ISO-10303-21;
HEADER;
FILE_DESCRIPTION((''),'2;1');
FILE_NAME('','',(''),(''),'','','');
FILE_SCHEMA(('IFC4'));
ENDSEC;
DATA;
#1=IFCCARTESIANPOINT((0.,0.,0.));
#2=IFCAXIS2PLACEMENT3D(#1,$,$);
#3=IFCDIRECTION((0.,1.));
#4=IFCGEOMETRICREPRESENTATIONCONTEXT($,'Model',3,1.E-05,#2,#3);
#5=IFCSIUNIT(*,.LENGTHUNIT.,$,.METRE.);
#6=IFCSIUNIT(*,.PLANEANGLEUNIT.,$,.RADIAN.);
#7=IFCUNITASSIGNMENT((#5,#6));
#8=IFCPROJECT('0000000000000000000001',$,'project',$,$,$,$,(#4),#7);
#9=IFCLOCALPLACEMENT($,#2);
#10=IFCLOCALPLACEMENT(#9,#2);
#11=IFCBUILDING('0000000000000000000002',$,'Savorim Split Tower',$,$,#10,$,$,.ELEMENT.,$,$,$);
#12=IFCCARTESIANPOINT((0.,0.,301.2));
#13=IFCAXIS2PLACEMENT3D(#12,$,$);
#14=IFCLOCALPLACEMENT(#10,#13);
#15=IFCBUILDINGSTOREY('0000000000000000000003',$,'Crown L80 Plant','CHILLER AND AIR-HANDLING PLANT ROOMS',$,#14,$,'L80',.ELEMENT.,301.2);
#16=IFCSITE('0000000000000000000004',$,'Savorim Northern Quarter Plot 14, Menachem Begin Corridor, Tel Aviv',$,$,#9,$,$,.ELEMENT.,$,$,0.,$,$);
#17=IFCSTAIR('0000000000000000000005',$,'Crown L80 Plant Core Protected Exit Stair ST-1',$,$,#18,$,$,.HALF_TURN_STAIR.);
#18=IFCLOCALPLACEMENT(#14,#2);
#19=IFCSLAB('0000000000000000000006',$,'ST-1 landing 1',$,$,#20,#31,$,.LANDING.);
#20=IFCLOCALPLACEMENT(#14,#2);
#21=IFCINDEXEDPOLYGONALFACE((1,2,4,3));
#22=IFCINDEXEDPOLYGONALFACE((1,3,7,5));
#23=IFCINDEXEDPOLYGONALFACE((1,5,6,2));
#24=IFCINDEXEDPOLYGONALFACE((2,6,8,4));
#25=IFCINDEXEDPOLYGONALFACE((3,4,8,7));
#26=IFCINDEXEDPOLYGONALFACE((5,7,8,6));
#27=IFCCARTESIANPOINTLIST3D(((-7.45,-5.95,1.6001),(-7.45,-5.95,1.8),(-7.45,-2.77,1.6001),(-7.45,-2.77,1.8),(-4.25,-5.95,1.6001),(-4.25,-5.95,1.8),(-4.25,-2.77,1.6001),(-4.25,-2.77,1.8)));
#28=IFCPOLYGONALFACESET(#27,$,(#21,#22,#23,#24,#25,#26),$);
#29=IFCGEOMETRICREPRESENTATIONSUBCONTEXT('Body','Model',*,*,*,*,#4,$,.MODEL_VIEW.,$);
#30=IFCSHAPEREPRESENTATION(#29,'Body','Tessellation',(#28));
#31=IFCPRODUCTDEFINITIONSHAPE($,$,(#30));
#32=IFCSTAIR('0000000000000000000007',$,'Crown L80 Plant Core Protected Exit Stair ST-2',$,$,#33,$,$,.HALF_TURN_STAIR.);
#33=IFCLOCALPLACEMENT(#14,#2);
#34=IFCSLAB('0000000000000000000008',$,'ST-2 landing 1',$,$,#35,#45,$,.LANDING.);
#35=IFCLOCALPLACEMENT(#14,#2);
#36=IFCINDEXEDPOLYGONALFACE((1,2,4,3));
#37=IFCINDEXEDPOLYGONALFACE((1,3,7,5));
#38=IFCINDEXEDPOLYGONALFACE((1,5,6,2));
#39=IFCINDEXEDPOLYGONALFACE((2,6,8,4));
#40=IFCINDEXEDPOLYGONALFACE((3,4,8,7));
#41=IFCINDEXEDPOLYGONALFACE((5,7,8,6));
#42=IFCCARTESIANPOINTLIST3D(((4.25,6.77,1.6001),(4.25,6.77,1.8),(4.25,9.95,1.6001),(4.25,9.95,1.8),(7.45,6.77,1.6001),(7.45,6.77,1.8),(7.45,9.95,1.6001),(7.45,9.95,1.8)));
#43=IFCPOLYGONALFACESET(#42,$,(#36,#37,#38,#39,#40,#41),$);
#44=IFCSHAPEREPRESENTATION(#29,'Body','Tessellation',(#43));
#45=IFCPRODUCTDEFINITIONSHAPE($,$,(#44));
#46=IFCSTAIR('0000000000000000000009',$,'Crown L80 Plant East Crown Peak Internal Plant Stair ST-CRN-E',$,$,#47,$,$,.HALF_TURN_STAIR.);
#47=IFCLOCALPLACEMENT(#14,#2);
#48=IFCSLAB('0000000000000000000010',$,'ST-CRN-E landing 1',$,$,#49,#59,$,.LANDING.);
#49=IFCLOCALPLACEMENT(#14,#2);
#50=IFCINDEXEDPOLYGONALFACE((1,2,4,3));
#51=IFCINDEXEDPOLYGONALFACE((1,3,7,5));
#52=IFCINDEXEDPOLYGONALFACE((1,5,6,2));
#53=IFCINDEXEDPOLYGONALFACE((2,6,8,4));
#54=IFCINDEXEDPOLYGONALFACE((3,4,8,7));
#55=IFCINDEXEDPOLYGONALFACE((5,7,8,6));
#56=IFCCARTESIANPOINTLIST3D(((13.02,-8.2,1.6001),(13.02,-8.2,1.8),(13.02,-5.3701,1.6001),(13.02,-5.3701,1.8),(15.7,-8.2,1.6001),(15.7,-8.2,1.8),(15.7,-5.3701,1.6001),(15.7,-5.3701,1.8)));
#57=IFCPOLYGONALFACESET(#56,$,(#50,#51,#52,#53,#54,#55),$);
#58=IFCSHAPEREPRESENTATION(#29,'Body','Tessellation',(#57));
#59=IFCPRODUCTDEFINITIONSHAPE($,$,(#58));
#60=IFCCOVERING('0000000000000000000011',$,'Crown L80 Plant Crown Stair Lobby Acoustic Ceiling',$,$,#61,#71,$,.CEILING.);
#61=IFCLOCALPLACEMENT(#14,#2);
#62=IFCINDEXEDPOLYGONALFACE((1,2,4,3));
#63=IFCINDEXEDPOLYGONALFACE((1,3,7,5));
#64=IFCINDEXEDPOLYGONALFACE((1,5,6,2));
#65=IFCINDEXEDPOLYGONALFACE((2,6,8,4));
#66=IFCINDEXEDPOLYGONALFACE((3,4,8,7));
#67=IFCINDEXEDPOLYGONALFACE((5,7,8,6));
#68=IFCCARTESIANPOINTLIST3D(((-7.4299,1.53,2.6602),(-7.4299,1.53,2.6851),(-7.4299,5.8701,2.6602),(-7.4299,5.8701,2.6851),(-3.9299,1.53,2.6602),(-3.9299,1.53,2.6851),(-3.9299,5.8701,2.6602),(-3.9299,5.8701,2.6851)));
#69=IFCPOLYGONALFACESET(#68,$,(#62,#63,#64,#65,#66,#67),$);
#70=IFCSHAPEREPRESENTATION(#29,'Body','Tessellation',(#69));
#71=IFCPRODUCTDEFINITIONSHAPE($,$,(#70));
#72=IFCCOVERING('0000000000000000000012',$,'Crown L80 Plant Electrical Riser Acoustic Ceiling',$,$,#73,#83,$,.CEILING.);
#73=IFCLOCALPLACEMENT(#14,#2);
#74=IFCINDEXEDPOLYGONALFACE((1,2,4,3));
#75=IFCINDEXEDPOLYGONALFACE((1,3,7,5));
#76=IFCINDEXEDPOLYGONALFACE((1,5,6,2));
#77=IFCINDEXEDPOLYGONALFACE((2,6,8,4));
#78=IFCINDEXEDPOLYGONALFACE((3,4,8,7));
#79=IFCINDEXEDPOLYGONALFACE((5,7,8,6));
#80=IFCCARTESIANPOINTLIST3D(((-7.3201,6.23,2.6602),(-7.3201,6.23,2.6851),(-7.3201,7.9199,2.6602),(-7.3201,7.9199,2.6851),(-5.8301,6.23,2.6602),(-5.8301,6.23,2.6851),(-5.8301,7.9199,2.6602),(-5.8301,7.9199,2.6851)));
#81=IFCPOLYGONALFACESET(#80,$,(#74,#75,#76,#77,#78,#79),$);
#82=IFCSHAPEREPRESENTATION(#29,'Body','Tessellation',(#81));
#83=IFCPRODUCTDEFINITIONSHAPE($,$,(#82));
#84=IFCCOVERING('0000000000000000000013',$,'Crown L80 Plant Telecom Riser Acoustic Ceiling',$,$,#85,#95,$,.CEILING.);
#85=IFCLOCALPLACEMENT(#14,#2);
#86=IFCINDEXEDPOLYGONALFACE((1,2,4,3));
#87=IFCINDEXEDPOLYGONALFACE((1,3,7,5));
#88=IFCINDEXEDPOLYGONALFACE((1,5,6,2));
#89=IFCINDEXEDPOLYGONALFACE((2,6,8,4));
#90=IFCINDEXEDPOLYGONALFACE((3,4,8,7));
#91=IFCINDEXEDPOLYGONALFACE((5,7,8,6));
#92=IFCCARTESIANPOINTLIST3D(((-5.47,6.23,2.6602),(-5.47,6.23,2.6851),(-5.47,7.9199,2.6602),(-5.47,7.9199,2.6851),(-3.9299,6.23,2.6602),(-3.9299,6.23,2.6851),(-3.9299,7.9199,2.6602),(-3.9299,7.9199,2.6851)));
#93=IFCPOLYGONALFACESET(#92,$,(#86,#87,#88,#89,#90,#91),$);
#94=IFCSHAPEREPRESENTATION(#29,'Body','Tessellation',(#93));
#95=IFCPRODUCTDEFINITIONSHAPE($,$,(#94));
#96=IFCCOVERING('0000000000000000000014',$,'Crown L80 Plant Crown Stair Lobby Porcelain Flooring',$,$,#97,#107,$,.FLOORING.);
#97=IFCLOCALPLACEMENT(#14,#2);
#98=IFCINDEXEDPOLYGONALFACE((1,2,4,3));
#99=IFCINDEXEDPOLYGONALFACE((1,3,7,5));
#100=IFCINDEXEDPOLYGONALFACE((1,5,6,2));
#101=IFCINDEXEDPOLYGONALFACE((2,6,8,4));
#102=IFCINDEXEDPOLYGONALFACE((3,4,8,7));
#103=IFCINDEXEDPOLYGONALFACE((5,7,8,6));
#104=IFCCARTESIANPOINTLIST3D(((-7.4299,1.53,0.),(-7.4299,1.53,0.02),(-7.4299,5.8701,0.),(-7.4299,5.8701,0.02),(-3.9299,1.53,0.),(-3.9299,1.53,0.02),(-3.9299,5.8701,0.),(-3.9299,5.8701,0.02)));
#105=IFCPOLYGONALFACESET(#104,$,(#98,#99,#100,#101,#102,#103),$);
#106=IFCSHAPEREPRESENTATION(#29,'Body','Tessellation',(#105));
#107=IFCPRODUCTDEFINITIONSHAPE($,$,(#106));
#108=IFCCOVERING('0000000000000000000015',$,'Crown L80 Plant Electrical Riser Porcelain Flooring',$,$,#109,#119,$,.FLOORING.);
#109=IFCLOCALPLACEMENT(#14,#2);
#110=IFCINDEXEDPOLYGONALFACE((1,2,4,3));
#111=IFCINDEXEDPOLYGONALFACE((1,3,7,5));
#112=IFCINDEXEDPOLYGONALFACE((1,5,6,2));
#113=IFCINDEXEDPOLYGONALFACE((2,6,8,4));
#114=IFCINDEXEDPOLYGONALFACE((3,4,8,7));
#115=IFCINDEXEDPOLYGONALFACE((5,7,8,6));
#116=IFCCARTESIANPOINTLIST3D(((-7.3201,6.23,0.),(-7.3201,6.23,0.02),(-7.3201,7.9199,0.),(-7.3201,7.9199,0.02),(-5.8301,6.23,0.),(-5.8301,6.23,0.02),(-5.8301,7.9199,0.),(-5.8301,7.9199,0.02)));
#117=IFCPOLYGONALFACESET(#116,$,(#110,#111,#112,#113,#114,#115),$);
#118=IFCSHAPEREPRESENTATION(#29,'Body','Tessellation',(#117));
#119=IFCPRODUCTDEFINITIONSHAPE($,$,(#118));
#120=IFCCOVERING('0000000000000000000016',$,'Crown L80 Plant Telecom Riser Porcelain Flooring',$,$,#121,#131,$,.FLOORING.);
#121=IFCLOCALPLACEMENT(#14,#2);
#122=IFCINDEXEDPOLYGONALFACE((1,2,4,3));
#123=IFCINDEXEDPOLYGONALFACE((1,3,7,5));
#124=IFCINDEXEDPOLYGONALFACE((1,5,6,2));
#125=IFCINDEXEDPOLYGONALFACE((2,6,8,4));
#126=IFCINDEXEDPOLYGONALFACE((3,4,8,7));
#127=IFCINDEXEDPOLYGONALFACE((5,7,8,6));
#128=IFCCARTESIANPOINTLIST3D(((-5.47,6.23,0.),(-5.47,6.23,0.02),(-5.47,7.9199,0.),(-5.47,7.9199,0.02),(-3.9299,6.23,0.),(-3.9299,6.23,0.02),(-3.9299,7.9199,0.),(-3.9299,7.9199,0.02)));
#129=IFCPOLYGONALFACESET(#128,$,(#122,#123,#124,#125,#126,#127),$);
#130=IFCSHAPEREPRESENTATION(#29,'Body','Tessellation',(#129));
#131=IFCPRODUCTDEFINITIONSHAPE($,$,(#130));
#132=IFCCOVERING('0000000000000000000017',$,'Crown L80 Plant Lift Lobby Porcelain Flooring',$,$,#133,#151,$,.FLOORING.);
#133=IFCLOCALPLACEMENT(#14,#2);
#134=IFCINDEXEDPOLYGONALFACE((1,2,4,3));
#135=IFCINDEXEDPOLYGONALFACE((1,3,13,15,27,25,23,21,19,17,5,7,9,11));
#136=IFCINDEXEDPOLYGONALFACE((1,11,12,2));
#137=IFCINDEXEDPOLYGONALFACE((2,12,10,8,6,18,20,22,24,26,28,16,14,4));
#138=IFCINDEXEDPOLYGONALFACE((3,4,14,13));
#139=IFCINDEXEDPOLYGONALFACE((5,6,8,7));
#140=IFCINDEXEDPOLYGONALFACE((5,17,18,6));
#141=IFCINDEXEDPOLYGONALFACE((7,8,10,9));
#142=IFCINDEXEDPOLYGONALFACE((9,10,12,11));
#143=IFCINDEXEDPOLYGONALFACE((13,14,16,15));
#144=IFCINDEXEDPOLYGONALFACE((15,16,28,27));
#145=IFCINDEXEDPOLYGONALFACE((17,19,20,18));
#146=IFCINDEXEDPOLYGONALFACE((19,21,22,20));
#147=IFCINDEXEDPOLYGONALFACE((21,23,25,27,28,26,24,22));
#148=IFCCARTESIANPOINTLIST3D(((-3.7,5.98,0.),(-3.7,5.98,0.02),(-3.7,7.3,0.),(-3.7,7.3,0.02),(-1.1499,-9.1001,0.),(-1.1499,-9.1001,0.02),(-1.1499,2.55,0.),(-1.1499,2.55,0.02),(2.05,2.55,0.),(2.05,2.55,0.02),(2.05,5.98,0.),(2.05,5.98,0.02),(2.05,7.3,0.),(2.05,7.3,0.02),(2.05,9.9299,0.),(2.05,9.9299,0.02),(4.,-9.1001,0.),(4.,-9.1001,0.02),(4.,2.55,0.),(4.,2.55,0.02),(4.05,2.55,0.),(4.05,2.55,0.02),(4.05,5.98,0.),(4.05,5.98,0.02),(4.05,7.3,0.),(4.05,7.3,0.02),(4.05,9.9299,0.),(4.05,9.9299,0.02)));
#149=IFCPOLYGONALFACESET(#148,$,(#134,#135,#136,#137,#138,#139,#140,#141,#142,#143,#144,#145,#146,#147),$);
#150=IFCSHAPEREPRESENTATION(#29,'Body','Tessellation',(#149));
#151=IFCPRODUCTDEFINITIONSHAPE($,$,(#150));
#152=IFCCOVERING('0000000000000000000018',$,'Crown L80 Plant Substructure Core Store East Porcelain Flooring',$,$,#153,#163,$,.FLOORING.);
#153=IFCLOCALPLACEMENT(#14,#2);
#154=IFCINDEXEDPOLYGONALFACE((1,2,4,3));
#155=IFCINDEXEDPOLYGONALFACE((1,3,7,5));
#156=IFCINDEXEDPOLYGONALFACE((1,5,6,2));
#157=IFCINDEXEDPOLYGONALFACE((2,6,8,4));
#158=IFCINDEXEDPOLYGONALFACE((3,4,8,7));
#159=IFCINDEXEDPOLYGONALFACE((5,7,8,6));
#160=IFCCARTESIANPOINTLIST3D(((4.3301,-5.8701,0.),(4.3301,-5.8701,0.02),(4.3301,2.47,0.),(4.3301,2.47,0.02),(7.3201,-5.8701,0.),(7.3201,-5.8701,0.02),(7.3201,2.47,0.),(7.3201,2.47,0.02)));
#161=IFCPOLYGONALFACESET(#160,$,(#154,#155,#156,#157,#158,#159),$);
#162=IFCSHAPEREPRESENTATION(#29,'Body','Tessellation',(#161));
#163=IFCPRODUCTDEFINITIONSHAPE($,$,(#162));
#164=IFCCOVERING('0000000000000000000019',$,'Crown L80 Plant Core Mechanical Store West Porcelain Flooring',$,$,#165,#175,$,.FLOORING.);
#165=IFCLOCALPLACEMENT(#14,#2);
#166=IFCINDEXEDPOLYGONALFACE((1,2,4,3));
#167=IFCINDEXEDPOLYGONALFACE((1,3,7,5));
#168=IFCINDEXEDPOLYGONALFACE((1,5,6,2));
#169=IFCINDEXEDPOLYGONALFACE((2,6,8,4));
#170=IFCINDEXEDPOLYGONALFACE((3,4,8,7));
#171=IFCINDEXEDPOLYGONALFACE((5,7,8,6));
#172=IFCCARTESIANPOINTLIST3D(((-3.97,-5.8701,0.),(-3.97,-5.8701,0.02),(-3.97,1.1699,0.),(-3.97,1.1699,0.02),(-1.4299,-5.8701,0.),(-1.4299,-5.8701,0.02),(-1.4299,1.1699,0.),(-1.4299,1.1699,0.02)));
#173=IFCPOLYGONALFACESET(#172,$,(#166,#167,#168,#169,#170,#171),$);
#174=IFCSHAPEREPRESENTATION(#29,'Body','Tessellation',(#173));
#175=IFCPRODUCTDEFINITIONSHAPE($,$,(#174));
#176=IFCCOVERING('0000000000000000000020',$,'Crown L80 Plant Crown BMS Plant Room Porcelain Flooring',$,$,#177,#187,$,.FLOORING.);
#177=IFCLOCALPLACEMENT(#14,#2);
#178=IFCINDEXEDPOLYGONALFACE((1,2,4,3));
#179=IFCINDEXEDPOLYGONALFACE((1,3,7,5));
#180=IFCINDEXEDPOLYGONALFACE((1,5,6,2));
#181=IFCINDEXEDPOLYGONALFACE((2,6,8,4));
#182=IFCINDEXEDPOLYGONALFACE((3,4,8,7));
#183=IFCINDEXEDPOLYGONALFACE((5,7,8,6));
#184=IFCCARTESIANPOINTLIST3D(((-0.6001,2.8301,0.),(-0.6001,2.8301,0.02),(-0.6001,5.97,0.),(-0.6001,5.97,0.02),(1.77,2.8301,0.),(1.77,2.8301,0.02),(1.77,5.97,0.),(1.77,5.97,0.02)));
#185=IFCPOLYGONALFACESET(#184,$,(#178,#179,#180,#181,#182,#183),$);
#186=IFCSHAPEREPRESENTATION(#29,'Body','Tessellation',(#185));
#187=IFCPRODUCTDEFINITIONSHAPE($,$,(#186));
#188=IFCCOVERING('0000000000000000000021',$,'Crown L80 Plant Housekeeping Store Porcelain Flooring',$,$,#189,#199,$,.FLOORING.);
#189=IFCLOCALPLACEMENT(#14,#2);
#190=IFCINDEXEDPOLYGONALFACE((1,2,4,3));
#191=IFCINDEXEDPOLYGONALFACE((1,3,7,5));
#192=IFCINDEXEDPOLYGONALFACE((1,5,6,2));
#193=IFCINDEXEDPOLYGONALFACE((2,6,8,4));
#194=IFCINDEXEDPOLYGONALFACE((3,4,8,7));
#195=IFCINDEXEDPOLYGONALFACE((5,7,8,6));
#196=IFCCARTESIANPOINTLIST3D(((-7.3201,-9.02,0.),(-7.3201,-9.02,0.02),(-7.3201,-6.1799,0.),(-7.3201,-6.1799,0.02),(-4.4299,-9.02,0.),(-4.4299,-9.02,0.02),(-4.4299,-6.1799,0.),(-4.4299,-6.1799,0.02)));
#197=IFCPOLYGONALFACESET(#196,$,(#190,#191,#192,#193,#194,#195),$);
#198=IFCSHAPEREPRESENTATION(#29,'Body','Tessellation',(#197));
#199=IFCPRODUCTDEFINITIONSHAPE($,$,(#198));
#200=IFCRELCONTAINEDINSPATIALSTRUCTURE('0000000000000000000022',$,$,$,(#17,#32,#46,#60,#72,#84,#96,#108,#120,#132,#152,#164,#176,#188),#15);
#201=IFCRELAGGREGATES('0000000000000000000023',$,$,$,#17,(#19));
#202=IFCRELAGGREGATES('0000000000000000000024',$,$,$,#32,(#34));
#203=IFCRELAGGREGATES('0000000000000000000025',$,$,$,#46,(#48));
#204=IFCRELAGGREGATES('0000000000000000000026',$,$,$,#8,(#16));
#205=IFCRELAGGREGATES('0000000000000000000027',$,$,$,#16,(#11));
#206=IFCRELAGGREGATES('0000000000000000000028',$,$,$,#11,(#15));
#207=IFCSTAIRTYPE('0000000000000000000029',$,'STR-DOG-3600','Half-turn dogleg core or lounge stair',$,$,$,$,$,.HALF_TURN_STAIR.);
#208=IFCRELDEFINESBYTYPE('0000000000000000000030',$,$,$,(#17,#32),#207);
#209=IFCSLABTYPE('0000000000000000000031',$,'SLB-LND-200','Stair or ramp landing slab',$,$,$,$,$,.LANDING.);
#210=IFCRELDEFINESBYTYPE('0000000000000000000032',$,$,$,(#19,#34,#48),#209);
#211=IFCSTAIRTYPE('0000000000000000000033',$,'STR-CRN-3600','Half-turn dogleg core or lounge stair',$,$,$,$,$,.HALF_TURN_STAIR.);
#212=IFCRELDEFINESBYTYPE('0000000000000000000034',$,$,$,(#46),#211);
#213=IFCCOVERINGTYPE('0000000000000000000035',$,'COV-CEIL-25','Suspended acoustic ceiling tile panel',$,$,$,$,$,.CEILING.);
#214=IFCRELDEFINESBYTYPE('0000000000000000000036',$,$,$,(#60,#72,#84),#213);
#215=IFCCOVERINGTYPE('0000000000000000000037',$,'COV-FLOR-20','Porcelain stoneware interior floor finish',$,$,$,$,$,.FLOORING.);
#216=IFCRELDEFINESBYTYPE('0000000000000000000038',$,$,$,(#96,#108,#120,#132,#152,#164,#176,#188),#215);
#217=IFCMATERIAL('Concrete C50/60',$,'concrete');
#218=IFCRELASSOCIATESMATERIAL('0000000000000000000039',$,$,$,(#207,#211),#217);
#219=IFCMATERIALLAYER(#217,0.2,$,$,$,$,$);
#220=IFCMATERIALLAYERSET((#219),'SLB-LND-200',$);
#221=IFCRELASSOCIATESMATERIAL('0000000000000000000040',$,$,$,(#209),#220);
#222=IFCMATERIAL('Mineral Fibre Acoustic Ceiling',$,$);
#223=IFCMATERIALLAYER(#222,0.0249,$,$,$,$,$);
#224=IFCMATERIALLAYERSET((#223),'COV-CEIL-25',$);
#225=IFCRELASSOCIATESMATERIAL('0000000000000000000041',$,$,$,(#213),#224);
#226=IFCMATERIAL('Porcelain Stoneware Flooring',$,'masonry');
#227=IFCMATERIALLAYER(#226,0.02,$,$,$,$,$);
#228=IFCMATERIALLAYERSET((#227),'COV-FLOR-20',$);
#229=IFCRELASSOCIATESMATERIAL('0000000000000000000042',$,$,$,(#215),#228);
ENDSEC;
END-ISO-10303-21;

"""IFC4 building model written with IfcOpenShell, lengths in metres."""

from ifc_helpers import new_model, si_unit, direction, frame, origin, place, context, subcontext, project, spatial, polyline, outline, extrude, material, layer, layer_set, type_object, element, aggregate, save


model = new_model("IFC4")

# Units and contexts
model_context = context("Model", 3, precision=1e-05, world=origin(), true_north=direction((0.0, 1.0)))
body_context = subcontext(model_context, "Body", "Model", "MODEL_VIEW")
ifc_project = project(units=[si_unit("LENGTHUNIT", "METRE"), si_unit("PLANEANGLEUNIT", "RADIAN")], contexts=[model_context])

# Site, building, storey
site_placement = place(None, origin())
site = spatial("IfcSite", under=ifc_project, at=site_placement, Name="Savorim Northern Quarter Plot 14, Menachem Begin Corridor, Tel Aviv", CompositionType="ELEMENT", RefElevation=0.0)
building_placement = place(site_placement, origin())
building = spatial("IfcBuilding", under=site, at=building_placement, Name="Savorim Split Tower", CompositionType="ELEMENT")
storey_placement = place(building_placement, frame((0.0, 0.0, 301.2)))
storey = spatial("IfcBuildingStorey", under=building, at=storey_placement, Name="Crown L80 Plant", Description="CHILLER AND AIR-HANDLING PLANT ROOMS", LongName="L80", CompositionType="ELEMENT", Elevation=301.2)

# Stairs, slabs
ifc_material_1 = material(Name="Concrete C50/60", Category="concrete")
stair_type_1 = type_object("IfcStairType", Name="STR-DOG-3600", Description="Half-turn dogleg core or lounge stair", PredefinedType="HALF_TURN_STAIR", material=ifc_material_1)
stair_1_placement = place(storey_placement, origin())
stair_1 = element("IfcStair", 1, at=stair_1_placement, inside=storey, type_object=stair_type_1, Name="Crown L80 Plant Core Protected Exit Stair ST-1", PredefinedType="HALF_TURN_STAIR")
ifc_layer_1 = layer(ifc_material_1, 0.2)
ifc_layer_set_1 = layer_set([ifc_layer_1], Name="SLB-LND-200")
slab_type = type_object("IfcSlabType", Name="SLB-LND-200", Description="Stair or ramp landing slab", PredefinedType="LANDING", material=ifc_layer_set_1)
slab_1_placement = place(storey_placement, frame((0.0, 0.0, 1.6001)))
slab_1 = element("IfcSlab", 2, at=slab_1_placement, type_object=slab_type, Name="ST-1 landing 1", PredefinedType="LANDING", context=body_context, shape_type="SweptSolid", body=[
    extrude(outline(polyline([(-7.45, -2.77), (-7.45, -5.95), (-4.25, -5.95), (-4.25, -2.77), (-7.45, -2.77)])), origin(), (0.0, 0.0, 1.0), 0.2),
])
aggregate(stair_1, [slab_1])
stair_2_placement = place(storey_placement, origin())
stair_2 = element("IfcStair", 3, at=stair_2_placement, inside=storey, type_object=stair_type_1, Name="Crown L80 Plant Core Protected Exit Stair ST-2", PredefinedType="HALF_TURN_STAIR")
slab_2_placement = place(storey_placement, frame((0.0, 0.0, 1.6001)))
slab_2 = element("IfcSlab", 4, at=slab_2_placement, type_object=slab_type, Name="ST-2 landing 1", PredefinedType="LANDING", context=body_context, shape_type="SweptSolid", body=[
    extrude(outline(polyline([(7.45, 6.77), (7.45, 9.95), (4.25, 9.95), (4.25, 6.77), (7.45, 6.77)])), origin(), (0.0, 0.0, 1.0), 0.2),
])
aggregate(stair_2, [slab_2])
stair_type_2 = type_object("IfcStairType", Name="STR-CRN-3600", Description="Half-turn dogleg core or lounge stair", PredefinedType="HALF_TURN_STAIR", material=ifc_material_1)
stair_3_placement = place(storey_placement, origin())
stair_3 = element("IfcStair", 5, at=stair_3_placement, inside=storey, type_object=stair_type_2, Name="Crown L80 Plant East Crown Peak Internal Plant Stair ST-CRN-E", PredefinedType="HALF_TURN_STAIR")
slab_3_placement = place(storey_placement, frame((0.0, 0.0, 1.6001)))
slab_3 = element("IfcSlab", 6, at=slab_3_placement, type_object=slab_type, Name="ST-CRN-E landing 1", PredefinedType="LANDING", context=body_context, shape_type="SweptSolid", body=[
    extrude(outline(polyline([(13.02, -5.3701), (13.02, -8.2), (15.7, -8.2), (15.7, -5.3701), (13.02, -5.3701)])), origin(), (0.0, 0.0, 1.0), 0.2),
])
aggregate(stair_3, [slab_3])

# Coverings
ifc_material_2 = material(Name="Mineral Fibre Acoustic Ceiling")
ifc_layer_2 = layer(ifc_material_2, 0.0249)
ifc_layer_set_2 = layer_set([ifc_layer_2], Name="COV-CEIL-25")
covering_type_1 = type_object("IfcCoveringType", Name="COV-CEIL-25", Description="Suspended acoustic ceiling tile panel", PredefinedType="CEILING", material=ifc_layer_set_2)
covering_1_placement = place(storey_placement, frame((0.0, 0.0, 2.6602)))
element("IfcCovering", 7, at=covering_1_placement, inside=storey, type_object=covering_type_1, Name="Crown L80 Plant Crown Stair Lobby Acoustic Ceiling", PredefinedType="CEILING", context=body_context, shape_type="SweptSolid", body=[
    extrude(outline(polyline([(-7.4299, 5.8701), (-7.4299, 1.53), (-3.9299, 1.53), (-3.9299, 5.8701), (-7.4299, 5.8701)])), origin(), (0.0, 0.0, 1.0), 0.0249),
])
covering_2_placement = place(storey_placement, frame((0.0, 0.0, 2.6602)))
element("IfcCovering", 8, at=covering_2_placement, inside=storey, type_object=covering_type_1, Name="Crown L80 Plant Electrical Riser Acoustic Ceiling", PredefinedType="CEILING", context=body_context, shape_type="SweptSolid", body=[
    extrude(outline(polyline([(-7.3201, 7.9199), (-7.3201, 6.23), (-5.8301, 6.23), (-5.8301, 7.9199), (-7.3201, 7.9199)])), origin(), (0.0, 0.0, 1.0), 0.0249),
])
covering_3_placement = place(storey_placement, frame((0.0, 0.0, 2.6602)))
element("IfcCovering", 9, at=covering_3_placement, inside=storey, type_object=covering_type_1, Name="Crown L80 Plant Telecom Riser Acoustic Ceiling", PredefinedType="CEILING", context=body_context, shape_type="SweptSolid", body=[
    extrude(outline(polyline([(-5.47, 7.9199), (-5.47, 6.23), (-3.9299, 6.23), (-3.9299, 7.9199), (-5.47, 7.9199)])), origin(), (0.0, 0.0, 1.0), 0.0249),
])
ifc_material_3 = material(Name="Porcelain Stoneware Flooring", Category="masonry")
ifc_layer_3 = layer(ifc_material_3, 0.02)
ifc_layer_set_3 = layer_set([ifc_layer_3], Name="COV-FLOR-20")
covering_type_2 = type_object("IfcCoveringType", Name="COV-FLOR-20", Description="Porcelain stoneware interior floor finish", PredefinedType="FLOORING", material=ifc_layer_set_3)
covering_4_placement = place(storey_placement, origin())
element("IfcCovering", 10, at=covering_4_placement, inside=storey, type_object=covering_type_2, Name="Crown L80 Plant Crown Stair Lobby Porcelain Flooring", PredefinedType="FLOORING", context=body_context, shape_type="SweptSolid", body=[
    extrude(outline(polyline([(-7.4299, 5.8701), (-7.4299, 1.53), (-3.9299, 1.53), (-3.9299, 5.8701), (-7.4299, 5.8701)])), origin(), (0.0, 0.0, 1.0), 0.02),
])
covering_5_placement = place(storey_placement, origin())
element("IfcCovering", 11, at=covering_5_placement, inside=storey, type_object=covering_type_2, Name="Crown L80 Plant Electrical Riser Porcelain Flooring", PredefinedType="FLOORING", context=body_context, shape_type="SweptSolid", body=[
    extrude(outline(polyline([(-7.3201, 7.9199), (-7.3201, 6.23), (-5.8301, 6.23), (-5.8301, 7.9199), (-7.3201, 7.9199)])), origin(), (0.0, 0.0, 1.0), 0.02),
])
covering_6_placement = place(storey_placement, origin())
element("IfcCovering", 12, at=covering_6_placement, inside=storey, type_object=covering_type_2, Name="Crown L80 Plant Telecom Riser Porcelain Flooring", PredefinedType="FLOORING", context=body_context, shape_type="SweptSolid", body=[
    extrude(outline(polyline([(-5.47, 7.9199), (-5.47, 6.23), (-3.9299, 6.23), (-3.9299, 7.9199), (-5.47, 7.9199)])), origin(), (0.0, 0.0, 1.0), 0.02),
])
covering_7_placement = place(storey_placement, origin())
element("IfcCovering", 13, at=covering_7_placement, inside=storey, type_object=covering_type_2, Name="Crown L80 Plant Lift Lobby Porcelain Flooring", PredefinedType="FLOORING", context=body_context, shape_type="SweptSolid", body=[
    extrude(outline(polyline([(2.05, 2.55), (-1.1499, 2.55), (-1.1499, -9.1001), (4.0, -9.1001), (4.0, 2.55), (4.05, 2.55), (4.05, 5.98), (4.05, 7.3), (4.05, 9.9299), (2.05, 9.9299), (2.05, 7.3), (-3.7, 7.3), (-3.7, 5.98), (2.05, 5.98), (2.05, 2.55)])), origin(), (0.0, 0.0, 1.0), 0.02),
])
covering_8_placement = place(storey_placement, origin())
element("IfcCovering", 14, at=covering_8_placement, inside=storey, type_object=covering_type_2, Name="Crown L80 Plant Substructure Core Store East Porcelain Flooring", PredefinedType="FLOORING", context=body_context, shape_type="SweptSolid", body=[
    extrude(outline(polyline([(4.3301, 2.47), (4.3301, -5.8701), (7.3201, -5.8701), (7.3201, 2.47), (4.3301, 2.47)])), origin(), (0.0, 0.0, 1.0), 0.02),
])
covering_9_placement = place(storey_placement, origin())
element("IfcCovering", 15, at=covering_9_placement, inside=storey, type_object=covering_type_2, Name="Crown L80 Plant Core Mechanical Store West Porcelain Flooring", PredefinedType="FLOORING", context=body_context, shape_type="SweptSolid", body=[
    extrude(outline(polyline([(-3.97, 1.1699), (-3.97, -5.8701), (-1.4299, -5.8701), (-1.4299, 1.1699), (-3.97, 1.1699)])), origin(), (0.0, 0.0, 1.0), 0.02),
])
covering_10_placement = place(storey_placement, origin())
element("IfcCovering", 16, at=covering_10_placement, inside=storey, type_object=covering_type_2, Name="Crown L80 Plant Crown BMS Plant Room Porcelain Flooring", PredefinedType="FLOORING", context=body_context, shape_type="SweptSolid", body=[
    extrude(outline(polyline([(1.77, 5.97), (-0.6001, 5.97), (-0.6001, 2.8301), (1.77, 2.8301), (1.77, 5.97)])), origin(), (0.0, 0.0, 1.0), 0.02),
])
covering_11_placement = place(storey_placement, origin())
element("IfcCovering", 17, at=covering_11_placement, inside=storey, type_object=covering_type_2, Name="Crown L80 Plant Housekeeping Store Porcelain Flooring", PredefinedType="FLOORING", context=body_context, shape_type="SweptSolid", body=[
    extrude(outline(polyline([(-7.3201, -6.1799), (-7.3201, -9.02), (-4.4299, -9.02), (-4.4299, -6.1799), (-7.3201, -6.1799)])), origin(), (0.0, 0.0, 1.0), 0.02),
])

save(model, "model.ifc")
